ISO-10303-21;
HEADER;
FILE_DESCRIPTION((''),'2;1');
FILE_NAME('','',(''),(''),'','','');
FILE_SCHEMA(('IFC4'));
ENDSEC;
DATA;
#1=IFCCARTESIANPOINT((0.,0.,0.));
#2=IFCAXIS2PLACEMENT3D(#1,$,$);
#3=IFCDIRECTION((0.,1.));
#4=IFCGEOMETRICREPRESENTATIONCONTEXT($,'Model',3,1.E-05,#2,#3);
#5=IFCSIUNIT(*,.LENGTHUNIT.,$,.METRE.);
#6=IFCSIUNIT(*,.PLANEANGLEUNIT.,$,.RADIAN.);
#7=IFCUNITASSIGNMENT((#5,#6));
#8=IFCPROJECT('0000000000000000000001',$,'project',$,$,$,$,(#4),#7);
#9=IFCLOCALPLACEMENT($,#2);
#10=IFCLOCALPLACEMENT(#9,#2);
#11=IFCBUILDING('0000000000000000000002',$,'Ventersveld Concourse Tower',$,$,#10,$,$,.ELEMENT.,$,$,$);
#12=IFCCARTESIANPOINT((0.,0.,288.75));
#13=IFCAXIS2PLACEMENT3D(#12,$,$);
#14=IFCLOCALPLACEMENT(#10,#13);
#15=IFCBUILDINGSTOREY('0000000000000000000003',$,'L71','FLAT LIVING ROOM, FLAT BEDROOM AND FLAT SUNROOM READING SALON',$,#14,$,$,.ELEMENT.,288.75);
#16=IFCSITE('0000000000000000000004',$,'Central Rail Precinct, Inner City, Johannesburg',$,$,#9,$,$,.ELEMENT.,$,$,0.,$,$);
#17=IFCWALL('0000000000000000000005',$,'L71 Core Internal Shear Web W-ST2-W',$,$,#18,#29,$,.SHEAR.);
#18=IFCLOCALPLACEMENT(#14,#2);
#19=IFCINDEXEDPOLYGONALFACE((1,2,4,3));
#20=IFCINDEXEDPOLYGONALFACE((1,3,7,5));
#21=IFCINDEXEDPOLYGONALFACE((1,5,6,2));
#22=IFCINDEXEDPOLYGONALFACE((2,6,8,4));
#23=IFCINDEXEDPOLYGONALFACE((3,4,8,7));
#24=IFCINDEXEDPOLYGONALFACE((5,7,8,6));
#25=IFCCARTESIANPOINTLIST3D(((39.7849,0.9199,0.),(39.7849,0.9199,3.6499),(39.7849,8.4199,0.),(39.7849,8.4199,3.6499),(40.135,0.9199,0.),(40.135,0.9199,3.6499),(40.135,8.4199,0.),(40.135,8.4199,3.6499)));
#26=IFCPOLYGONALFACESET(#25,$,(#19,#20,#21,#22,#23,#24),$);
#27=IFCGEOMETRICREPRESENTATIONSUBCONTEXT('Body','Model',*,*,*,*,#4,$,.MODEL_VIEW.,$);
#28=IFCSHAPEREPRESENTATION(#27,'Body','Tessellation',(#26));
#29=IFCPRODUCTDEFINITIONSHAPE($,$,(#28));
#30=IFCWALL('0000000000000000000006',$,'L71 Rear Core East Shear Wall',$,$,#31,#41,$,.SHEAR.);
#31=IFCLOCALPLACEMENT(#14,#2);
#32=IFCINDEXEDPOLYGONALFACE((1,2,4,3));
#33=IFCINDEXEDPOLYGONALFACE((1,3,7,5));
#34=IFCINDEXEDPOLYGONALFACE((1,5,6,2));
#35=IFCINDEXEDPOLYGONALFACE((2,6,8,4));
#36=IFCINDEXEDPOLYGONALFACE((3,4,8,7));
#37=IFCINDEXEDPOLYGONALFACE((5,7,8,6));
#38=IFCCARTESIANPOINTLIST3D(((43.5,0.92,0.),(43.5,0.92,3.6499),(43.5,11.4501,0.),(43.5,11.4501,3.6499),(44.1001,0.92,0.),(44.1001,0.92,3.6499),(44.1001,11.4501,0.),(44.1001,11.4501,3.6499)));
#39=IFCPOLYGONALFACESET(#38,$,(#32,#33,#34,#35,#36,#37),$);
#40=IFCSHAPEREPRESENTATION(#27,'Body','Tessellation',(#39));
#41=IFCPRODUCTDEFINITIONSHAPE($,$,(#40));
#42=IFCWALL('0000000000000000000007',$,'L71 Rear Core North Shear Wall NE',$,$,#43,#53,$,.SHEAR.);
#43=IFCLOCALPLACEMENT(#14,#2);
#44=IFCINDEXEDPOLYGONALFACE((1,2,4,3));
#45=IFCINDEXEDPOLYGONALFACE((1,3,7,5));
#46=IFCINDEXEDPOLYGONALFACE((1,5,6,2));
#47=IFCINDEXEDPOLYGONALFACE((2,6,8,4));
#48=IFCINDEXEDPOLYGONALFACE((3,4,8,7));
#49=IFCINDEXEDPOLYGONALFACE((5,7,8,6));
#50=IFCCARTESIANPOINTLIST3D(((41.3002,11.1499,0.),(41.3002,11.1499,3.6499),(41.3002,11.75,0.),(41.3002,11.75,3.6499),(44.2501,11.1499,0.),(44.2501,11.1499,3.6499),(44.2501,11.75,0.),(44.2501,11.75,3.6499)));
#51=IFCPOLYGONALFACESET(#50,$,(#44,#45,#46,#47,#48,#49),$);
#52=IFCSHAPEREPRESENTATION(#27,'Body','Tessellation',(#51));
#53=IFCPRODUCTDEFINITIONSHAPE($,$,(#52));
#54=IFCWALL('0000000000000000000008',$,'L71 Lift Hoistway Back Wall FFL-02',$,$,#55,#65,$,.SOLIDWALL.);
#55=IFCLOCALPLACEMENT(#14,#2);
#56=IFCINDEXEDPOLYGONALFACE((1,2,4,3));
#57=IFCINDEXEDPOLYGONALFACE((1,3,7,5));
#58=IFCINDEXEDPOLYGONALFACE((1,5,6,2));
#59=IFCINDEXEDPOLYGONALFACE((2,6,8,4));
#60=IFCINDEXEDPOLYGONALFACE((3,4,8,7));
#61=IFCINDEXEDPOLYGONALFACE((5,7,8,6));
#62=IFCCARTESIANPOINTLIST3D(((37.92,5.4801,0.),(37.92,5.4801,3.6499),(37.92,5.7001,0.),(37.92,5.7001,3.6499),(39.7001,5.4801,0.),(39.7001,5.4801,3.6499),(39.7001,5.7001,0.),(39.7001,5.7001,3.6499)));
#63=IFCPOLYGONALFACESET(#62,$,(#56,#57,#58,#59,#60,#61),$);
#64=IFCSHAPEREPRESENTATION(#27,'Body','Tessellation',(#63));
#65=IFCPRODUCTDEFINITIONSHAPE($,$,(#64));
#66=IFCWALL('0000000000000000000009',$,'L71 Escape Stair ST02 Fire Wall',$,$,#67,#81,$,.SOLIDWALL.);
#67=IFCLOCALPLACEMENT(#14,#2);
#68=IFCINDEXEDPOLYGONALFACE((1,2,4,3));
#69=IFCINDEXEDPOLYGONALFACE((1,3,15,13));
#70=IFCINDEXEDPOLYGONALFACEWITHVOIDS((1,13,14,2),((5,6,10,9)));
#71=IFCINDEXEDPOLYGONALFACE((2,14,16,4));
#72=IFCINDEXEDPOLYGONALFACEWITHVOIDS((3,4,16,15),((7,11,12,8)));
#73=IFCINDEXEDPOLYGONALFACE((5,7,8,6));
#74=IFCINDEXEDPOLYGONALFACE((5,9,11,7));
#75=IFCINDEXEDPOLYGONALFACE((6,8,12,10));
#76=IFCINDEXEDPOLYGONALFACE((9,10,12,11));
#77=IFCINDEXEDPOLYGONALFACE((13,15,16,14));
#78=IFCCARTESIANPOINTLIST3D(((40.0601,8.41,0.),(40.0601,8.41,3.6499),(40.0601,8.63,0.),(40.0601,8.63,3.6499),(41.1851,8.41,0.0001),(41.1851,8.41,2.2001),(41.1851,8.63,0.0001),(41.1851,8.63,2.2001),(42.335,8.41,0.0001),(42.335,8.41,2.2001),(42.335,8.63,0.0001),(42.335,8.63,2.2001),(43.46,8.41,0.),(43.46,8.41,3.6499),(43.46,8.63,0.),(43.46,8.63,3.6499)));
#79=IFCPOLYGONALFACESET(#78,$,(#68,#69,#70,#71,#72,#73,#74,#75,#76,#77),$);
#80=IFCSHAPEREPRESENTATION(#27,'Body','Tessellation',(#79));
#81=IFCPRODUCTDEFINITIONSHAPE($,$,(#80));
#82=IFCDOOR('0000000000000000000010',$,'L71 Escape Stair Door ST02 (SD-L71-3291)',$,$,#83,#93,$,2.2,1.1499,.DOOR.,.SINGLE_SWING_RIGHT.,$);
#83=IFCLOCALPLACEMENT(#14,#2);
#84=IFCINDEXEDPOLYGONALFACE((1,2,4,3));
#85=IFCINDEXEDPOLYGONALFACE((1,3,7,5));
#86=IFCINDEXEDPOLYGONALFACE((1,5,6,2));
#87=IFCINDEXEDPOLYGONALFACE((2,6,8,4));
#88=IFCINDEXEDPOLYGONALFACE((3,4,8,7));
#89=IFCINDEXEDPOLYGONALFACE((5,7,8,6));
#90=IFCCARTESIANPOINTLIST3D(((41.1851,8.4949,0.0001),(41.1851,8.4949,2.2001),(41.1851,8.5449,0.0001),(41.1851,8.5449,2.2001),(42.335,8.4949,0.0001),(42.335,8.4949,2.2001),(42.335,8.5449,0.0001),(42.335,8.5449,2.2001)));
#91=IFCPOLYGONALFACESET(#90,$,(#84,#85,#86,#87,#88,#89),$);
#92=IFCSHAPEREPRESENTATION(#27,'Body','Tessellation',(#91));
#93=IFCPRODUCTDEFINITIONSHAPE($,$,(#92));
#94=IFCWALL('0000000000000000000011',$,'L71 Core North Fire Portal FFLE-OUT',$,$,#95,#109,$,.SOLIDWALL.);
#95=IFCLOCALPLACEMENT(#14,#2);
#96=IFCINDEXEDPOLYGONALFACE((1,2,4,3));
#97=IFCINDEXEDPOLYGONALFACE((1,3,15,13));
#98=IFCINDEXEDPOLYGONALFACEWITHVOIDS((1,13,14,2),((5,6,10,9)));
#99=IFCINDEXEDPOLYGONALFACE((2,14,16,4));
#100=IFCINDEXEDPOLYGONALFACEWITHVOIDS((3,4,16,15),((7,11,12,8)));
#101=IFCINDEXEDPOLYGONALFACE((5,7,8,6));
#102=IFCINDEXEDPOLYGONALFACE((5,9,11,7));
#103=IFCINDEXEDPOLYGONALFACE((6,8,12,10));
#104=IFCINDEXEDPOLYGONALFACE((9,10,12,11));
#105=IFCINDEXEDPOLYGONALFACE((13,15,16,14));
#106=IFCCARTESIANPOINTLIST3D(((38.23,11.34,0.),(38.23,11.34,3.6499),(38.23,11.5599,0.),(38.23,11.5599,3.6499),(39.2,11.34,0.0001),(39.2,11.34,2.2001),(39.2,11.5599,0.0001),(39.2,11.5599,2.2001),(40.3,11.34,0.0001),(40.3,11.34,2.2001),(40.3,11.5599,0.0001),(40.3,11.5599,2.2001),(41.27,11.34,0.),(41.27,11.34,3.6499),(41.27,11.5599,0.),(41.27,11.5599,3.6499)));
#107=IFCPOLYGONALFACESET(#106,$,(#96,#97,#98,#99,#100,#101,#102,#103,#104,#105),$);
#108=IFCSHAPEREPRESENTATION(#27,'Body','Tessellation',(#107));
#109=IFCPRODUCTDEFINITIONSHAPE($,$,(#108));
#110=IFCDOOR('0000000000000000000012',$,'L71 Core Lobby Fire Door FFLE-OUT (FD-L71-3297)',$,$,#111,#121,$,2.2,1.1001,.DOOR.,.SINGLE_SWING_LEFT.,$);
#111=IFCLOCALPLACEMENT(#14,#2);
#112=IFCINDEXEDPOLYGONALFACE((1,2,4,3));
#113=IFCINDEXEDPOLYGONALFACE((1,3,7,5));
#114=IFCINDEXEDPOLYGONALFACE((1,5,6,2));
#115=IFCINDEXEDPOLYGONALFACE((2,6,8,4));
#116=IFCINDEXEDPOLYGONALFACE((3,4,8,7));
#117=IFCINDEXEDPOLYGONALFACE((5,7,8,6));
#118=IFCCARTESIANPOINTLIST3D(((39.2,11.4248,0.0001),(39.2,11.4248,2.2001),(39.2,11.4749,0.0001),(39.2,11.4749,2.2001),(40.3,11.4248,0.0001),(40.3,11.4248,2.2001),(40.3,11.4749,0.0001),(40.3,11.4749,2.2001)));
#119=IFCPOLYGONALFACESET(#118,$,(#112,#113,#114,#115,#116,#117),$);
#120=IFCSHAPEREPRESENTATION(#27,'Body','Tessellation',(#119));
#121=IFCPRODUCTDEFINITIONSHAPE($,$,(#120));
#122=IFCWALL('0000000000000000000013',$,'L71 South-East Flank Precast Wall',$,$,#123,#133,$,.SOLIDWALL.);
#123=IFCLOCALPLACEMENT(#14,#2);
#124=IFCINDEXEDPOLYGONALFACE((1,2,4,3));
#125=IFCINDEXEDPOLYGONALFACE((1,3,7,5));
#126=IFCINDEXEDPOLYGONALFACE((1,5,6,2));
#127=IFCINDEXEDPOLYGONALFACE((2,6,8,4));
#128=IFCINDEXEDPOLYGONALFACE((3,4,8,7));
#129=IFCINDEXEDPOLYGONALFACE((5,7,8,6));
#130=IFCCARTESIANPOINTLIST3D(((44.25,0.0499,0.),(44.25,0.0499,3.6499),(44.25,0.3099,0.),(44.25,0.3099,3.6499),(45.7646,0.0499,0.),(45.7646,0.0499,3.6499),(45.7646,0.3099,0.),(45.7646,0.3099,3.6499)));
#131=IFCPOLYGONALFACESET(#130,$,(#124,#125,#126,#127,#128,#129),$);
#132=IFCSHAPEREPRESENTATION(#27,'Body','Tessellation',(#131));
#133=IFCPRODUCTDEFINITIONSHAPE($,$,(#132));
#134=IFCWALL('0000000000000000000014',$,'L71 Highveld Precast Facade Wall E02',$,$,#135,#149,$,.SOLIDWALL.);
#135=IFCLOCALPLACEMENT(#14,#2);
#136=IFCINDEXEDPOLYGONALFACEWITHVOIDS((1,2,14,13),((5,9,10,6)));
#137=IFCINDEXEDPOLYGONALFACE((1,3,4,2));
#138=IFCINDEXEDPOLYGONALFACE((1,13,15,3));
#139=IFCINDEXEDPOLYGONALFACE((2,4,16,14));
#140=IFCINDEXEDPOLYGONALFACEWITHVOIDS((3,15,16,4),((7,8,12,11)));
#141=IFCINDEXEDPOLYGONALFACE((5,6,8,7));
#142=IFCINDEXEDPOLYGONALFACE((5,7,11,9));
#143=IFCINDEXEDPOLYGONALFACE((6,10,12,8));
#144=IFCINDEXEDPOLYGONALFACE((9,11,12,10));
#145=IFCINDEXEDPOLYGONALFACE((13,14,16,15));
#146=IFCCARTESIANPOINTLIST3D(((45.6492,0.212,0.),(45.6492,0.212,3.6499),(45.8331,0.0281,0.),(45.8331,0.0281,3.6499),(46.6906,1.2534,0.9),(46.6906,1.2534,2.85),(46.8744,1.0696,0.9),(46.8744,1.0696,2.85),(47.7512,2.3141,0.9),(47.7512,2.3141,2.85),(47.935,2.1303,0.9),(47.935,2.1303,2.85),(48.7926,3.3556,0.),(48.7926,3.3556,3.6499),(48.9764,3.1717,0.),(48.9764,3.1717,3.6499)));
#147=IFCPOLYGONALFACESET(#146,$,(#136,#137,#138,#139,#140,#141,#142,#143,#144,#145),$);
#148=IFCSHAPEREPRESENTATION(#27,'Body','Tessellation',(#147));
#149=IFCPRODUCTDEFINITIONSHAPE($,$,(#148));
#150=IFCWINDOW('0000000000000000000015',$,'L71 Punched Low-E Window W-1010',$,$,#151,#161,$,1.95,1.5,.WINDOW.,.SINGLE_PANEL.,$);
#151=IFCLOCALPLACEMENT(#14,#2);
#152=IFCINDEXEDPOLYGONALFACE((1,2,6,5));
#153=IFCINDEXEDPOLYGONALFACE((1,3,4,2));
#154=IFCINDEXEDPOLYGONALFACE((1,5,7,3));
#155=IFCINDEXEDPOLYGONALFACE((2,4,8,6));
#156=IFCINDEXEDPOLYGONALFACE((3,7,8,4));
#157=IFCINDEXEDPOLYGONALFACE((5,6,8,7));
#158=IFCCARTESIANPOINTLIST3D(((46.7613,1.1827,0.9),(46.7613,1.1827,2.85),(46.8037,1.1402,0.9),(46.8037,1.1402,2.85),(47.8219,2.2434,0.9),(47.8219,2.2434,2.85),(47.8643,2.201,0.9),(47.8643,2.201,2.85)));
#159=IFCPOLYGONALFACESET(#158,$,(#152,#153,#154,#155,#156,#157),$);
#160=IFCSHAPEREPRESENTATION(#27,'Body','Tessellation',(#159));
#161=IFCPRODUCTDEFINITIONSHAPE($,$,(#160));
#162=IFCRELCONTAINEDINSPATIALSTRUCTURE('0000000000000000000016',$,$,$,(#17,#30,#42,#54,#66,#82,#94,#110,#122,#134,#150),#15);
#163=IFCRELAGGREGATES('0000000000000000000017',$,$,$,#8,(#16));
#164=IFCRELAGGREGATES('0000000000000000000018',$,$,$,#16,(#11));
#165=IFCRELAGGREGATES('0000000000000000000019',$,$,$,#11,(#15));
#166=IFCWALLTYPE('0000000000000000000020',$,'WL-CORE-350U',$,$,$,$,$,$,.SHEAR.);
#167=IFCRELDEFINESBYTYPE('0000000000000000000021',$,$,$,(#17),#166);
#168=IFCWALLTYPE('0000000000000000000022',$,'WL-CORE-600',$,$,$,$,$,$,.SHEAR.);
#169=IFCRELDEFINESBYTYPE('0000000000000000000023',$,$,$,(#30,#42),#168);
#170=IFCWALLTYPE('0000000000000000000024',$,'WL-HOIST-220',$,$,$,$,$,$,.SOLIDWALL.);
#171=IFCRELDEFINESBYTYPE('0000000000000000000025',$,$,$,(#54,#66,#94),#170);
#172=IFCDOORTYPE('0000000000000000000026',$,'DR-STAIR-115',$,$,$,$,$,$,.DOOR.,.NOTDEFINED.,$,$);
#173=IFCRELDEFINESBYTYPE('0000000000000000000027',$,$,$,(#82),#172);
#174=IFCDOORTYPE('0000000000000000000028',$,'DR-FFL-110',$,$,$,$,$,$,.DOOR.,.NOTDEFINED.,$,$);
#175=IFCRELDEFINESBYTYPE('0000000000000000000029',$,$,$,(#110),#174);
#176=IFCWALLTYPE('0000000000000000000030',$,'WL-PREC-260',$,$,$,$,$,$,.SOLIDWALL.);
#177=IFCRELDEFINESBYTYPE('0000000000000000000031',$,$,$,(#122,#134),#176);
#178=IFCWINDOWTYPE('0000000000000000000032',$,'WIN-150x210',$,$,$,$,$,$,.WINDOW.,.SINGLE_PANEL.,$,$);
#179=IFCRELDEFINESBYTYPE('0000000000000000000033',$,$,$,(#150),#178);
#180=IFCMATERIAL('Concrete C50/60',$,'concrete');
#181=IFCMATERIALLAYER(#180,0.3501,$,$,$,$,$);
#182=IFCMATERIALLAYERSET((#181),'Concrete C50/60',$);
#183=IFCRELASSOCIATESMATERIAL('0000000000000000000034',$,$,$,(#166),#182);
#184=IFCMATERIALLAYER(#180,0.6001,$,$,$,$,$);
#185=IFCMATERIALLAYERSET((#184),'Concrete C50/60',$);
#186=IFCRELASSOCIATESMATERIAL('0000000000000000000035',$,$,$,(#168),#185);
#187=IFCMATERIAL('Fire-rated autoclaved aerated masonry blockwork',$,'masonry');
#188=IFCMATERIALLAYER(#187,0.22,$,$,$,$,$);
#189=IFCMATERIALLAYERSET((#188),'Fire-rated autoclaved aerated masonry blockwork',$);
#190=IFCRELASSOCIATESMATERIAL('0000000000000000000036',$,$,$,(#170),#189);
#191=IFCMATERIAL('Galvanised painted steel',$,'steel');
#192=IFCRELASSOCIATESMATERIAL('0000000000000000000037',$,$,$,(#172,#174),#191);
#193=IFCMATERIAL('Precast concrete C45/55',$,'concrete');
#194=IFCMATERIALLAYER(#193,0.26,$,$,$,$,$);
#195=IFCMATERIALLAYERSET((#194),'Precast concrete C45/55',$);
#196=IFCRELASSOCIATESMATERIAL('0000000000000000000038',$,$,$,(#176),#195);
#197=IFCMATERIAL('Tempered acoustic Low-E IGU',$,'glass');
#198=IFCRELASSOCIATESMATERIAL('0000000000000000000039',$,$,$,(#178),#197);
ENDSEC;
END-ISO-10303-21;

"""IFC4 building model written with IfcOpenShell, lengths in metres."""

from ifc_helpers import new_model, si_unit, direction, frame, frame_2d, origin, place, context, subcontext, project, spatial, rectangle, extrude, material, layer, layer_set, type_object, element, fill, save


model = new_model("IFC4")

# Units and contexts
model_context = context("Model", 3, precision=1e-05, world=origin(), true_north=direction((0.0, 1.0)))
body_context = subcontext(model_context, "Body", "Model", "MODEL_VIEW")
ifc_project = project(units=[si_unit("LENGTHUNIT", "METRE"), si_unit("PLANEANGLEUNIT", "RADIAN")], contexts=[model_context])

# Site, building, storey
site_placement = place(None, origin())
site = spatial("IfcSite", under=ifc_project, at=site_placement, Name="Central Rail Precinct, Inner City, Johannesburg", CompositionType="ELEMENT", RefElevation=0.0)
building_placement = place(site_placement, origin())
building = spatial("IfcBuilding", under=site, at=building_placement, Name="Ventersveld Concourse Tower", CompositionType="ELEMENT")
storey_placement = place(building_placement, frame((0.0, 0.0, 288.75)))
storey = spatial("IfcBuildingStorey", under=building, at=storey_placement, Name="L71", Description="FLAT LIVING ROOM, FLAT BEDROOM AND FLAT SUNROOM READING SALON", CompositionType="ELEMENT", Elevation=288.75)

# Shared definitions
ifc_material_1 = material(Name="Concrete C50/60", Category="concrete")

# Walls
ifc_layer_1 = layer(ifc_material_1, 0.3501)
ifc_layer_set_1 = layer_set([ifc_layer_1], Name="Concrete C50/60")
wall_type_1 = type_object("IfcWallType", Name="WL-CORE-350U", PredefinedType="SHEAR", material=ifc_layer_set_1)
wall_1_placement = place(storey_placement, frame((39.96, 0.9199, 0.0), z_axis=(0.0, 0.0, 1.0), x_axis=(0.0, 1.0, 0.0)))
element("IfcWall", 1, at=wall_1_placement, inside=storey, type_object=wall_type_1, Name="L71 Core Internal Shear Web W-ST2-W", PredefinedType="SHEAR", context=body_context, shape_type="SweptSolid", body=[
    extrude(rectangle(XDim=7.5, YDim=0.3501, at=frame_2d((3.75, 0.0))), origin(), (0.0, 0.0, 1.0), 3.6499),
])
ifc_layer_2 = layer(ifc_material_1, 0.6001)
ifc_layer_set_2 = layer_set([ifc_layer_2], Name="Concrete C50/60")
wall_type_2 = type_object("IfcWallType", Name="WL-CORE-600", PredefinedType="SHEAR", material=ifc_layer_set_2)
wall_2_placement = place(storey_placement, frame((43.8, 0.9199, 0.0), z_axis=(0.0, 0.0, 1.0), x_axis=(0.0, 1.0, 0.0)))
element("IfcWall", 2, at=wall_2_placement, inside=storey, type_object=wall_type_2, Name="L71 Rear Core East Shear Wall", PredefinedType="SHEAR", context=body_context, shape_type="SweptSolid", body=[
    extrude(rectangle(XDim=10.53, YDim=0.6001, at=frame_2d((5.2651, 0.0))), origin(), (0.0, 0.0, 1.0), 3.6499),
])
wall_3_placement = place(storey_placement, frame((41.3, 11.45, 0.0), z_axis=(0.0, 0.0, 1.0), x_axis=(1.0, 0.0, 0.0)))
element("IfcWall", 3, at=wall_3_placement, inside=storey, type_object=wall_type_2, Name="L71 Rear Core North Shear Wall NE", PredefinedType="SHEAR", context=body_context, shape_type="SweptSolid", body=[
    extrude(rectangle(XDim=2.95, YDim=0.6001, at=frame_2d((1.4751, 0.0))), origin(), (0.0, 0.0, 1.0), 3.6499),
])
ifc_material_2 = material(Name="Fire-rated autoclaved aerated masonry blockwork", Category="masonry")
ifc_layer_3 = layer(ifc_material_2, 0.22)
ifc_layer_set_3 = layer_set([ifc_layer_3], Name="Fire-rated autoclaved aerated masonry blockwork")
wall_type_3 = type_object("IfcWallType", Name="WL-HOIST-220", PredefinedType="SOLIDWALL", material=ifc_layer_set_3)
wall_4_placement = place(storey_placement, frame((37.9199, 5.5901, 0.0), z_axis=(0.0, 0.0, 1.0), x_axis=(1.0, 0.0, 0.0)))
element("IfcWall", 4, at=wall_4_placement, inside=storey, type_object=wall_type_3, Name="L71 Lift Hoistway Back Wall FFL-02", PredefinedType="SOLIDWALL", context=body_context, shape_type="SweptSolid", body=[
    extrude(rectangle(XDim=1.78, YDim=0.22, at=frame_2d((0.8901, 0.0))), origin(), (0.0, 0.0, 1.0), 3.6499),
])

# Walls, openings, doors
wall_5_placement = place(storey_placement, frame((40.0601, 8.52, 0.0), z_axis=(0.0, 0.0, 1.0), x_axis=(1.0, 0.0, 0.0)))
wall_5 = element("IfcWall", 5, at=wall_5_placement, inside=storey, type_object=wall_type_3, Name="L71 Escape Stair ST02 Fire Wall", PredefinedType="SOLIDWALL", context=body_context, shape_type="SweptSolid", body=[
    extrude(rectangle(XDim=3.3999, YDim=0.22, at=frame_2d((1.7, 0.0))), origin(), (0.0, 0.0, 1.0), 3.6499),
])
opening_1_placement = place(wall_5_placement, frame((1.125, 0.0, 0.0)))
opening_1 = element("IfcOpeningElement", 6, at=opening_1_placement, cuts=wall_5, PredefinedType="OPENING", context=body_context, shape_type="SweptSolid", body=[
    extrude(rectangle(XDim=1.1499, YDim=2.2, at=frame_2d((0.575, 1.1001))), frame((0.0, 0.1201, 0.0), z_axis=(0.0, -1.0, 0.0), x_axis=(1.0, 0.0, 0.0)), (0.0, 0.0, 1.0), 0.24),
])
ifc_material_3 = material(Name="Galvanised painted steel", Category="steel")
door_type_1 = type_object("IfcDoorType", Name="DR-STAIR-115", OperationType="NOTDEFINED", PredefinedType="DOOR", material=ifc_material_3)
door_1_placement = place(opening_1_placement, origin())
door_1 = element("IfcDoor", 7, at=door_1_placement, inside=storey, type_object=door_type_1, Name="L71 Escape Stair Door ST02 (SD-L71-3291)", OperationType="SINGLE_SWING_RIGHT", OverallHeight=2.2, OverallWidth=1.1499, PredefinedType="DOOR", context=body_context, shape_type="SweptSolid", body=[
    extrude(rectangle(XDim=1.1499, YDim=2.2, at=frame_2d((0.575, 1.1001))), frame((0.0, 0.0249, 0.0), z_axis=(0.0, -1.0, 0.0), x_axis=(1.0, 0.0, 0.0)), (0.0, 0.0, 1.0), 0.05),
])
fill(opening_1, door_1)
wall_6_placement = place(storey_placement, frame((38.23, 11.45, 0.0), z_axis=(0.0, 0.0, 1.0), x_axis=(1.0, 0.0, 0.0)))
wall_6 = element("IfcWall", 8, at=wall_6_placement, inside=storey, type_object=wall_type_3, Name="L71 Core North Fire Portal FFLE-OUT", PredefinedType="SOLIDWALL", context=body_context, shape_type="SweptSolid", body=[
    extrude(rectangle(XDim=3.04, YDim=0.22, at=frame_2d((1.52, 0.0))), origin(), (0.0, 0.0, 1.0), 3.6499),
])
opening_2_placement = place(wall_6_placement, frame((0.97, 0.0, 0.0)))
opening_2 = element("IfcOpeningElement", 9, at=opening_2_placement, cuts=wall_6, PredefinedType="OPENING", context=body_context, shape_type="SweptSolid", body=[
    extrude(rectangle(XDim=1.1001, YDim=2.2, at=frame_2d((0.55, 1.1001))), frame((0.0, 0.1201, 0.0), z_axis=(0.0, -1.0, 0.0), x_axis=(1.0, 0.0, 0.0)), (0.0, 0.0, 1.0), 0.24),
])
door_type_2 = type_object("IfcDoorType", Name="DR-FFL-110", OperationType="NOTDEFINED", PredefinedType="DOOR", material=ifc_material_3)
door_2_placement = place(opening_2_placement, origin())
door_2 = element("IfcDoor", 10, at=door_2_placement, inside=storey, type_object=door_type_2, Name="L71 Core Lobby Fire Door FFLE-OUT (FD-L71-3297)", OperationType="SINGLE_SWING_LEFT", OverallHeight=2.2, OverallWidth=1.1001, PredefinedType="DOOR", context=body_context, shape_type="SweptSolid", body=[
    extrude(rectangle(XDim=1.1001, YDim=2.2, at=frame_2d((0.55, 1.1001))), frame((0.0, 0.0249, 0.0), z_axis=(0.0, -1.0, 0.0), x_axis=(1.0, 0.0, 0.0)), (0.0, 0.0, 1.0), 0.05),
])
fill(opening_2, door_2)

# Wall
ifc_material_4 = material(Name="Precast concrete C45/55", Category="concrete")
ifc_layer_4 = layer(ifc_material_4, 0.26)
ifc_layer_set_4 = layer_set([ifc_layer_4], Name="Precast concrete C45/55")
wall_type_4 = type_object("IfcWallType", Name="WL-PREC-260", PredefinedType="SOLIDWALL", material=ifc_layer_set_4)
wall_7_placement = place(storey_placement, frame((44.25, 0.1799, 0.0), z_axis=(0.0, 0.0, 1.0), x_axis=(1.0, 0.0, 0.0)))
element("IfcWall", 11, at=wall_7_placement, inside=storey, type_object=wall_type_4, Name="L71 South-East Flank Precast Wall", PredefinedType="SOLIDWALL", context=body_context, shape_type="SweptSolid", body=[
    extrude(rectangle(XDim=1.5146, YDim=0.26, at=frame_2d((0.7573, 0.0))), origin(), (0.0, 0.0, 1.0), 3.6499),
])

# Wall, opening, window
wall_8_placement = place(storey_placement, frame((45.7412, 0.1201, 0.0), z_axis=(0.0, 0.0, 1.0), x_axis=(0.707079, 0.707134, 0.0)))
wall_8 = element("IfcWall", 12, at=wall_8_placement, inside=storey, type_object=wall_type_4, Name="L71 Highveld Precast Facade Wall E02", PredefinedType="SOLIDWALL", context=body_context, shape_type="SweptSolid", body=[
    extrude(rectangle(XDim=4.4456, YDim=0.26, at=frame_2d((2.2227, 0.0))), origin(), (0.0, 0.0, 1.0), 3.6499),
])
opening_3_placement = place(wall_8_placement, frame((1.4727, 0.0, 0.8999)))
opening_3 = element("IfcOpeningElement", 13, at=opening_3_placement, cuts=wall_8, PredefinedType="OPENING", context=body_context, shape_type="SweptSolid", body=[
    extrude(rectangle(XDim=1.5, YDim=1.95, at=frame_2d((0.75, 0.9751))), frame((0.0, 0.1401, 0.0), z_axis=(0.0, -1.0, 0.0), x_axis=(1.0, 0.0, 0.0)), (0.0, 0.0, 1.0), 0.28),
])
ifc_material_5 = material(Name="Tempered acoustic Low-E IGU", Category="glass")
window_type_1 = type_object("IfcWindowType", Name="WIN-150x210", PartitioningType="SINGLE_PANEL", PredefinedType="WINDOW", material=ifc_material_5)
window_1_placement = place(opening_3_placement, origin())
window_1 = element("IfcWindow", 14, at=window_1_placement, inside=storey, type_object=window_type_1, Name="L71 Punched Low-E Window W-1010", OverallHeight=1.95, OverallWidth=1.5, PartitioningType="SINGLE_PANEL", PredefinedType="WINDOW", context=body_context, shape_type="SweptSolid", body=[
    extrude(rectangle(XDim=1.5, YDim=1.95, at=frame_2d((0.75, 0.9751))), frame((0.0, 0.03, 0.0), z_axis=(0.0, -1.0, 0.0), x_axis=(1.0, 0.0, 0.0)), (0.0, 0.0, 1.0), 0.0601),
])
fill(opening_3, window_1)

save(model, "model.ifc")
